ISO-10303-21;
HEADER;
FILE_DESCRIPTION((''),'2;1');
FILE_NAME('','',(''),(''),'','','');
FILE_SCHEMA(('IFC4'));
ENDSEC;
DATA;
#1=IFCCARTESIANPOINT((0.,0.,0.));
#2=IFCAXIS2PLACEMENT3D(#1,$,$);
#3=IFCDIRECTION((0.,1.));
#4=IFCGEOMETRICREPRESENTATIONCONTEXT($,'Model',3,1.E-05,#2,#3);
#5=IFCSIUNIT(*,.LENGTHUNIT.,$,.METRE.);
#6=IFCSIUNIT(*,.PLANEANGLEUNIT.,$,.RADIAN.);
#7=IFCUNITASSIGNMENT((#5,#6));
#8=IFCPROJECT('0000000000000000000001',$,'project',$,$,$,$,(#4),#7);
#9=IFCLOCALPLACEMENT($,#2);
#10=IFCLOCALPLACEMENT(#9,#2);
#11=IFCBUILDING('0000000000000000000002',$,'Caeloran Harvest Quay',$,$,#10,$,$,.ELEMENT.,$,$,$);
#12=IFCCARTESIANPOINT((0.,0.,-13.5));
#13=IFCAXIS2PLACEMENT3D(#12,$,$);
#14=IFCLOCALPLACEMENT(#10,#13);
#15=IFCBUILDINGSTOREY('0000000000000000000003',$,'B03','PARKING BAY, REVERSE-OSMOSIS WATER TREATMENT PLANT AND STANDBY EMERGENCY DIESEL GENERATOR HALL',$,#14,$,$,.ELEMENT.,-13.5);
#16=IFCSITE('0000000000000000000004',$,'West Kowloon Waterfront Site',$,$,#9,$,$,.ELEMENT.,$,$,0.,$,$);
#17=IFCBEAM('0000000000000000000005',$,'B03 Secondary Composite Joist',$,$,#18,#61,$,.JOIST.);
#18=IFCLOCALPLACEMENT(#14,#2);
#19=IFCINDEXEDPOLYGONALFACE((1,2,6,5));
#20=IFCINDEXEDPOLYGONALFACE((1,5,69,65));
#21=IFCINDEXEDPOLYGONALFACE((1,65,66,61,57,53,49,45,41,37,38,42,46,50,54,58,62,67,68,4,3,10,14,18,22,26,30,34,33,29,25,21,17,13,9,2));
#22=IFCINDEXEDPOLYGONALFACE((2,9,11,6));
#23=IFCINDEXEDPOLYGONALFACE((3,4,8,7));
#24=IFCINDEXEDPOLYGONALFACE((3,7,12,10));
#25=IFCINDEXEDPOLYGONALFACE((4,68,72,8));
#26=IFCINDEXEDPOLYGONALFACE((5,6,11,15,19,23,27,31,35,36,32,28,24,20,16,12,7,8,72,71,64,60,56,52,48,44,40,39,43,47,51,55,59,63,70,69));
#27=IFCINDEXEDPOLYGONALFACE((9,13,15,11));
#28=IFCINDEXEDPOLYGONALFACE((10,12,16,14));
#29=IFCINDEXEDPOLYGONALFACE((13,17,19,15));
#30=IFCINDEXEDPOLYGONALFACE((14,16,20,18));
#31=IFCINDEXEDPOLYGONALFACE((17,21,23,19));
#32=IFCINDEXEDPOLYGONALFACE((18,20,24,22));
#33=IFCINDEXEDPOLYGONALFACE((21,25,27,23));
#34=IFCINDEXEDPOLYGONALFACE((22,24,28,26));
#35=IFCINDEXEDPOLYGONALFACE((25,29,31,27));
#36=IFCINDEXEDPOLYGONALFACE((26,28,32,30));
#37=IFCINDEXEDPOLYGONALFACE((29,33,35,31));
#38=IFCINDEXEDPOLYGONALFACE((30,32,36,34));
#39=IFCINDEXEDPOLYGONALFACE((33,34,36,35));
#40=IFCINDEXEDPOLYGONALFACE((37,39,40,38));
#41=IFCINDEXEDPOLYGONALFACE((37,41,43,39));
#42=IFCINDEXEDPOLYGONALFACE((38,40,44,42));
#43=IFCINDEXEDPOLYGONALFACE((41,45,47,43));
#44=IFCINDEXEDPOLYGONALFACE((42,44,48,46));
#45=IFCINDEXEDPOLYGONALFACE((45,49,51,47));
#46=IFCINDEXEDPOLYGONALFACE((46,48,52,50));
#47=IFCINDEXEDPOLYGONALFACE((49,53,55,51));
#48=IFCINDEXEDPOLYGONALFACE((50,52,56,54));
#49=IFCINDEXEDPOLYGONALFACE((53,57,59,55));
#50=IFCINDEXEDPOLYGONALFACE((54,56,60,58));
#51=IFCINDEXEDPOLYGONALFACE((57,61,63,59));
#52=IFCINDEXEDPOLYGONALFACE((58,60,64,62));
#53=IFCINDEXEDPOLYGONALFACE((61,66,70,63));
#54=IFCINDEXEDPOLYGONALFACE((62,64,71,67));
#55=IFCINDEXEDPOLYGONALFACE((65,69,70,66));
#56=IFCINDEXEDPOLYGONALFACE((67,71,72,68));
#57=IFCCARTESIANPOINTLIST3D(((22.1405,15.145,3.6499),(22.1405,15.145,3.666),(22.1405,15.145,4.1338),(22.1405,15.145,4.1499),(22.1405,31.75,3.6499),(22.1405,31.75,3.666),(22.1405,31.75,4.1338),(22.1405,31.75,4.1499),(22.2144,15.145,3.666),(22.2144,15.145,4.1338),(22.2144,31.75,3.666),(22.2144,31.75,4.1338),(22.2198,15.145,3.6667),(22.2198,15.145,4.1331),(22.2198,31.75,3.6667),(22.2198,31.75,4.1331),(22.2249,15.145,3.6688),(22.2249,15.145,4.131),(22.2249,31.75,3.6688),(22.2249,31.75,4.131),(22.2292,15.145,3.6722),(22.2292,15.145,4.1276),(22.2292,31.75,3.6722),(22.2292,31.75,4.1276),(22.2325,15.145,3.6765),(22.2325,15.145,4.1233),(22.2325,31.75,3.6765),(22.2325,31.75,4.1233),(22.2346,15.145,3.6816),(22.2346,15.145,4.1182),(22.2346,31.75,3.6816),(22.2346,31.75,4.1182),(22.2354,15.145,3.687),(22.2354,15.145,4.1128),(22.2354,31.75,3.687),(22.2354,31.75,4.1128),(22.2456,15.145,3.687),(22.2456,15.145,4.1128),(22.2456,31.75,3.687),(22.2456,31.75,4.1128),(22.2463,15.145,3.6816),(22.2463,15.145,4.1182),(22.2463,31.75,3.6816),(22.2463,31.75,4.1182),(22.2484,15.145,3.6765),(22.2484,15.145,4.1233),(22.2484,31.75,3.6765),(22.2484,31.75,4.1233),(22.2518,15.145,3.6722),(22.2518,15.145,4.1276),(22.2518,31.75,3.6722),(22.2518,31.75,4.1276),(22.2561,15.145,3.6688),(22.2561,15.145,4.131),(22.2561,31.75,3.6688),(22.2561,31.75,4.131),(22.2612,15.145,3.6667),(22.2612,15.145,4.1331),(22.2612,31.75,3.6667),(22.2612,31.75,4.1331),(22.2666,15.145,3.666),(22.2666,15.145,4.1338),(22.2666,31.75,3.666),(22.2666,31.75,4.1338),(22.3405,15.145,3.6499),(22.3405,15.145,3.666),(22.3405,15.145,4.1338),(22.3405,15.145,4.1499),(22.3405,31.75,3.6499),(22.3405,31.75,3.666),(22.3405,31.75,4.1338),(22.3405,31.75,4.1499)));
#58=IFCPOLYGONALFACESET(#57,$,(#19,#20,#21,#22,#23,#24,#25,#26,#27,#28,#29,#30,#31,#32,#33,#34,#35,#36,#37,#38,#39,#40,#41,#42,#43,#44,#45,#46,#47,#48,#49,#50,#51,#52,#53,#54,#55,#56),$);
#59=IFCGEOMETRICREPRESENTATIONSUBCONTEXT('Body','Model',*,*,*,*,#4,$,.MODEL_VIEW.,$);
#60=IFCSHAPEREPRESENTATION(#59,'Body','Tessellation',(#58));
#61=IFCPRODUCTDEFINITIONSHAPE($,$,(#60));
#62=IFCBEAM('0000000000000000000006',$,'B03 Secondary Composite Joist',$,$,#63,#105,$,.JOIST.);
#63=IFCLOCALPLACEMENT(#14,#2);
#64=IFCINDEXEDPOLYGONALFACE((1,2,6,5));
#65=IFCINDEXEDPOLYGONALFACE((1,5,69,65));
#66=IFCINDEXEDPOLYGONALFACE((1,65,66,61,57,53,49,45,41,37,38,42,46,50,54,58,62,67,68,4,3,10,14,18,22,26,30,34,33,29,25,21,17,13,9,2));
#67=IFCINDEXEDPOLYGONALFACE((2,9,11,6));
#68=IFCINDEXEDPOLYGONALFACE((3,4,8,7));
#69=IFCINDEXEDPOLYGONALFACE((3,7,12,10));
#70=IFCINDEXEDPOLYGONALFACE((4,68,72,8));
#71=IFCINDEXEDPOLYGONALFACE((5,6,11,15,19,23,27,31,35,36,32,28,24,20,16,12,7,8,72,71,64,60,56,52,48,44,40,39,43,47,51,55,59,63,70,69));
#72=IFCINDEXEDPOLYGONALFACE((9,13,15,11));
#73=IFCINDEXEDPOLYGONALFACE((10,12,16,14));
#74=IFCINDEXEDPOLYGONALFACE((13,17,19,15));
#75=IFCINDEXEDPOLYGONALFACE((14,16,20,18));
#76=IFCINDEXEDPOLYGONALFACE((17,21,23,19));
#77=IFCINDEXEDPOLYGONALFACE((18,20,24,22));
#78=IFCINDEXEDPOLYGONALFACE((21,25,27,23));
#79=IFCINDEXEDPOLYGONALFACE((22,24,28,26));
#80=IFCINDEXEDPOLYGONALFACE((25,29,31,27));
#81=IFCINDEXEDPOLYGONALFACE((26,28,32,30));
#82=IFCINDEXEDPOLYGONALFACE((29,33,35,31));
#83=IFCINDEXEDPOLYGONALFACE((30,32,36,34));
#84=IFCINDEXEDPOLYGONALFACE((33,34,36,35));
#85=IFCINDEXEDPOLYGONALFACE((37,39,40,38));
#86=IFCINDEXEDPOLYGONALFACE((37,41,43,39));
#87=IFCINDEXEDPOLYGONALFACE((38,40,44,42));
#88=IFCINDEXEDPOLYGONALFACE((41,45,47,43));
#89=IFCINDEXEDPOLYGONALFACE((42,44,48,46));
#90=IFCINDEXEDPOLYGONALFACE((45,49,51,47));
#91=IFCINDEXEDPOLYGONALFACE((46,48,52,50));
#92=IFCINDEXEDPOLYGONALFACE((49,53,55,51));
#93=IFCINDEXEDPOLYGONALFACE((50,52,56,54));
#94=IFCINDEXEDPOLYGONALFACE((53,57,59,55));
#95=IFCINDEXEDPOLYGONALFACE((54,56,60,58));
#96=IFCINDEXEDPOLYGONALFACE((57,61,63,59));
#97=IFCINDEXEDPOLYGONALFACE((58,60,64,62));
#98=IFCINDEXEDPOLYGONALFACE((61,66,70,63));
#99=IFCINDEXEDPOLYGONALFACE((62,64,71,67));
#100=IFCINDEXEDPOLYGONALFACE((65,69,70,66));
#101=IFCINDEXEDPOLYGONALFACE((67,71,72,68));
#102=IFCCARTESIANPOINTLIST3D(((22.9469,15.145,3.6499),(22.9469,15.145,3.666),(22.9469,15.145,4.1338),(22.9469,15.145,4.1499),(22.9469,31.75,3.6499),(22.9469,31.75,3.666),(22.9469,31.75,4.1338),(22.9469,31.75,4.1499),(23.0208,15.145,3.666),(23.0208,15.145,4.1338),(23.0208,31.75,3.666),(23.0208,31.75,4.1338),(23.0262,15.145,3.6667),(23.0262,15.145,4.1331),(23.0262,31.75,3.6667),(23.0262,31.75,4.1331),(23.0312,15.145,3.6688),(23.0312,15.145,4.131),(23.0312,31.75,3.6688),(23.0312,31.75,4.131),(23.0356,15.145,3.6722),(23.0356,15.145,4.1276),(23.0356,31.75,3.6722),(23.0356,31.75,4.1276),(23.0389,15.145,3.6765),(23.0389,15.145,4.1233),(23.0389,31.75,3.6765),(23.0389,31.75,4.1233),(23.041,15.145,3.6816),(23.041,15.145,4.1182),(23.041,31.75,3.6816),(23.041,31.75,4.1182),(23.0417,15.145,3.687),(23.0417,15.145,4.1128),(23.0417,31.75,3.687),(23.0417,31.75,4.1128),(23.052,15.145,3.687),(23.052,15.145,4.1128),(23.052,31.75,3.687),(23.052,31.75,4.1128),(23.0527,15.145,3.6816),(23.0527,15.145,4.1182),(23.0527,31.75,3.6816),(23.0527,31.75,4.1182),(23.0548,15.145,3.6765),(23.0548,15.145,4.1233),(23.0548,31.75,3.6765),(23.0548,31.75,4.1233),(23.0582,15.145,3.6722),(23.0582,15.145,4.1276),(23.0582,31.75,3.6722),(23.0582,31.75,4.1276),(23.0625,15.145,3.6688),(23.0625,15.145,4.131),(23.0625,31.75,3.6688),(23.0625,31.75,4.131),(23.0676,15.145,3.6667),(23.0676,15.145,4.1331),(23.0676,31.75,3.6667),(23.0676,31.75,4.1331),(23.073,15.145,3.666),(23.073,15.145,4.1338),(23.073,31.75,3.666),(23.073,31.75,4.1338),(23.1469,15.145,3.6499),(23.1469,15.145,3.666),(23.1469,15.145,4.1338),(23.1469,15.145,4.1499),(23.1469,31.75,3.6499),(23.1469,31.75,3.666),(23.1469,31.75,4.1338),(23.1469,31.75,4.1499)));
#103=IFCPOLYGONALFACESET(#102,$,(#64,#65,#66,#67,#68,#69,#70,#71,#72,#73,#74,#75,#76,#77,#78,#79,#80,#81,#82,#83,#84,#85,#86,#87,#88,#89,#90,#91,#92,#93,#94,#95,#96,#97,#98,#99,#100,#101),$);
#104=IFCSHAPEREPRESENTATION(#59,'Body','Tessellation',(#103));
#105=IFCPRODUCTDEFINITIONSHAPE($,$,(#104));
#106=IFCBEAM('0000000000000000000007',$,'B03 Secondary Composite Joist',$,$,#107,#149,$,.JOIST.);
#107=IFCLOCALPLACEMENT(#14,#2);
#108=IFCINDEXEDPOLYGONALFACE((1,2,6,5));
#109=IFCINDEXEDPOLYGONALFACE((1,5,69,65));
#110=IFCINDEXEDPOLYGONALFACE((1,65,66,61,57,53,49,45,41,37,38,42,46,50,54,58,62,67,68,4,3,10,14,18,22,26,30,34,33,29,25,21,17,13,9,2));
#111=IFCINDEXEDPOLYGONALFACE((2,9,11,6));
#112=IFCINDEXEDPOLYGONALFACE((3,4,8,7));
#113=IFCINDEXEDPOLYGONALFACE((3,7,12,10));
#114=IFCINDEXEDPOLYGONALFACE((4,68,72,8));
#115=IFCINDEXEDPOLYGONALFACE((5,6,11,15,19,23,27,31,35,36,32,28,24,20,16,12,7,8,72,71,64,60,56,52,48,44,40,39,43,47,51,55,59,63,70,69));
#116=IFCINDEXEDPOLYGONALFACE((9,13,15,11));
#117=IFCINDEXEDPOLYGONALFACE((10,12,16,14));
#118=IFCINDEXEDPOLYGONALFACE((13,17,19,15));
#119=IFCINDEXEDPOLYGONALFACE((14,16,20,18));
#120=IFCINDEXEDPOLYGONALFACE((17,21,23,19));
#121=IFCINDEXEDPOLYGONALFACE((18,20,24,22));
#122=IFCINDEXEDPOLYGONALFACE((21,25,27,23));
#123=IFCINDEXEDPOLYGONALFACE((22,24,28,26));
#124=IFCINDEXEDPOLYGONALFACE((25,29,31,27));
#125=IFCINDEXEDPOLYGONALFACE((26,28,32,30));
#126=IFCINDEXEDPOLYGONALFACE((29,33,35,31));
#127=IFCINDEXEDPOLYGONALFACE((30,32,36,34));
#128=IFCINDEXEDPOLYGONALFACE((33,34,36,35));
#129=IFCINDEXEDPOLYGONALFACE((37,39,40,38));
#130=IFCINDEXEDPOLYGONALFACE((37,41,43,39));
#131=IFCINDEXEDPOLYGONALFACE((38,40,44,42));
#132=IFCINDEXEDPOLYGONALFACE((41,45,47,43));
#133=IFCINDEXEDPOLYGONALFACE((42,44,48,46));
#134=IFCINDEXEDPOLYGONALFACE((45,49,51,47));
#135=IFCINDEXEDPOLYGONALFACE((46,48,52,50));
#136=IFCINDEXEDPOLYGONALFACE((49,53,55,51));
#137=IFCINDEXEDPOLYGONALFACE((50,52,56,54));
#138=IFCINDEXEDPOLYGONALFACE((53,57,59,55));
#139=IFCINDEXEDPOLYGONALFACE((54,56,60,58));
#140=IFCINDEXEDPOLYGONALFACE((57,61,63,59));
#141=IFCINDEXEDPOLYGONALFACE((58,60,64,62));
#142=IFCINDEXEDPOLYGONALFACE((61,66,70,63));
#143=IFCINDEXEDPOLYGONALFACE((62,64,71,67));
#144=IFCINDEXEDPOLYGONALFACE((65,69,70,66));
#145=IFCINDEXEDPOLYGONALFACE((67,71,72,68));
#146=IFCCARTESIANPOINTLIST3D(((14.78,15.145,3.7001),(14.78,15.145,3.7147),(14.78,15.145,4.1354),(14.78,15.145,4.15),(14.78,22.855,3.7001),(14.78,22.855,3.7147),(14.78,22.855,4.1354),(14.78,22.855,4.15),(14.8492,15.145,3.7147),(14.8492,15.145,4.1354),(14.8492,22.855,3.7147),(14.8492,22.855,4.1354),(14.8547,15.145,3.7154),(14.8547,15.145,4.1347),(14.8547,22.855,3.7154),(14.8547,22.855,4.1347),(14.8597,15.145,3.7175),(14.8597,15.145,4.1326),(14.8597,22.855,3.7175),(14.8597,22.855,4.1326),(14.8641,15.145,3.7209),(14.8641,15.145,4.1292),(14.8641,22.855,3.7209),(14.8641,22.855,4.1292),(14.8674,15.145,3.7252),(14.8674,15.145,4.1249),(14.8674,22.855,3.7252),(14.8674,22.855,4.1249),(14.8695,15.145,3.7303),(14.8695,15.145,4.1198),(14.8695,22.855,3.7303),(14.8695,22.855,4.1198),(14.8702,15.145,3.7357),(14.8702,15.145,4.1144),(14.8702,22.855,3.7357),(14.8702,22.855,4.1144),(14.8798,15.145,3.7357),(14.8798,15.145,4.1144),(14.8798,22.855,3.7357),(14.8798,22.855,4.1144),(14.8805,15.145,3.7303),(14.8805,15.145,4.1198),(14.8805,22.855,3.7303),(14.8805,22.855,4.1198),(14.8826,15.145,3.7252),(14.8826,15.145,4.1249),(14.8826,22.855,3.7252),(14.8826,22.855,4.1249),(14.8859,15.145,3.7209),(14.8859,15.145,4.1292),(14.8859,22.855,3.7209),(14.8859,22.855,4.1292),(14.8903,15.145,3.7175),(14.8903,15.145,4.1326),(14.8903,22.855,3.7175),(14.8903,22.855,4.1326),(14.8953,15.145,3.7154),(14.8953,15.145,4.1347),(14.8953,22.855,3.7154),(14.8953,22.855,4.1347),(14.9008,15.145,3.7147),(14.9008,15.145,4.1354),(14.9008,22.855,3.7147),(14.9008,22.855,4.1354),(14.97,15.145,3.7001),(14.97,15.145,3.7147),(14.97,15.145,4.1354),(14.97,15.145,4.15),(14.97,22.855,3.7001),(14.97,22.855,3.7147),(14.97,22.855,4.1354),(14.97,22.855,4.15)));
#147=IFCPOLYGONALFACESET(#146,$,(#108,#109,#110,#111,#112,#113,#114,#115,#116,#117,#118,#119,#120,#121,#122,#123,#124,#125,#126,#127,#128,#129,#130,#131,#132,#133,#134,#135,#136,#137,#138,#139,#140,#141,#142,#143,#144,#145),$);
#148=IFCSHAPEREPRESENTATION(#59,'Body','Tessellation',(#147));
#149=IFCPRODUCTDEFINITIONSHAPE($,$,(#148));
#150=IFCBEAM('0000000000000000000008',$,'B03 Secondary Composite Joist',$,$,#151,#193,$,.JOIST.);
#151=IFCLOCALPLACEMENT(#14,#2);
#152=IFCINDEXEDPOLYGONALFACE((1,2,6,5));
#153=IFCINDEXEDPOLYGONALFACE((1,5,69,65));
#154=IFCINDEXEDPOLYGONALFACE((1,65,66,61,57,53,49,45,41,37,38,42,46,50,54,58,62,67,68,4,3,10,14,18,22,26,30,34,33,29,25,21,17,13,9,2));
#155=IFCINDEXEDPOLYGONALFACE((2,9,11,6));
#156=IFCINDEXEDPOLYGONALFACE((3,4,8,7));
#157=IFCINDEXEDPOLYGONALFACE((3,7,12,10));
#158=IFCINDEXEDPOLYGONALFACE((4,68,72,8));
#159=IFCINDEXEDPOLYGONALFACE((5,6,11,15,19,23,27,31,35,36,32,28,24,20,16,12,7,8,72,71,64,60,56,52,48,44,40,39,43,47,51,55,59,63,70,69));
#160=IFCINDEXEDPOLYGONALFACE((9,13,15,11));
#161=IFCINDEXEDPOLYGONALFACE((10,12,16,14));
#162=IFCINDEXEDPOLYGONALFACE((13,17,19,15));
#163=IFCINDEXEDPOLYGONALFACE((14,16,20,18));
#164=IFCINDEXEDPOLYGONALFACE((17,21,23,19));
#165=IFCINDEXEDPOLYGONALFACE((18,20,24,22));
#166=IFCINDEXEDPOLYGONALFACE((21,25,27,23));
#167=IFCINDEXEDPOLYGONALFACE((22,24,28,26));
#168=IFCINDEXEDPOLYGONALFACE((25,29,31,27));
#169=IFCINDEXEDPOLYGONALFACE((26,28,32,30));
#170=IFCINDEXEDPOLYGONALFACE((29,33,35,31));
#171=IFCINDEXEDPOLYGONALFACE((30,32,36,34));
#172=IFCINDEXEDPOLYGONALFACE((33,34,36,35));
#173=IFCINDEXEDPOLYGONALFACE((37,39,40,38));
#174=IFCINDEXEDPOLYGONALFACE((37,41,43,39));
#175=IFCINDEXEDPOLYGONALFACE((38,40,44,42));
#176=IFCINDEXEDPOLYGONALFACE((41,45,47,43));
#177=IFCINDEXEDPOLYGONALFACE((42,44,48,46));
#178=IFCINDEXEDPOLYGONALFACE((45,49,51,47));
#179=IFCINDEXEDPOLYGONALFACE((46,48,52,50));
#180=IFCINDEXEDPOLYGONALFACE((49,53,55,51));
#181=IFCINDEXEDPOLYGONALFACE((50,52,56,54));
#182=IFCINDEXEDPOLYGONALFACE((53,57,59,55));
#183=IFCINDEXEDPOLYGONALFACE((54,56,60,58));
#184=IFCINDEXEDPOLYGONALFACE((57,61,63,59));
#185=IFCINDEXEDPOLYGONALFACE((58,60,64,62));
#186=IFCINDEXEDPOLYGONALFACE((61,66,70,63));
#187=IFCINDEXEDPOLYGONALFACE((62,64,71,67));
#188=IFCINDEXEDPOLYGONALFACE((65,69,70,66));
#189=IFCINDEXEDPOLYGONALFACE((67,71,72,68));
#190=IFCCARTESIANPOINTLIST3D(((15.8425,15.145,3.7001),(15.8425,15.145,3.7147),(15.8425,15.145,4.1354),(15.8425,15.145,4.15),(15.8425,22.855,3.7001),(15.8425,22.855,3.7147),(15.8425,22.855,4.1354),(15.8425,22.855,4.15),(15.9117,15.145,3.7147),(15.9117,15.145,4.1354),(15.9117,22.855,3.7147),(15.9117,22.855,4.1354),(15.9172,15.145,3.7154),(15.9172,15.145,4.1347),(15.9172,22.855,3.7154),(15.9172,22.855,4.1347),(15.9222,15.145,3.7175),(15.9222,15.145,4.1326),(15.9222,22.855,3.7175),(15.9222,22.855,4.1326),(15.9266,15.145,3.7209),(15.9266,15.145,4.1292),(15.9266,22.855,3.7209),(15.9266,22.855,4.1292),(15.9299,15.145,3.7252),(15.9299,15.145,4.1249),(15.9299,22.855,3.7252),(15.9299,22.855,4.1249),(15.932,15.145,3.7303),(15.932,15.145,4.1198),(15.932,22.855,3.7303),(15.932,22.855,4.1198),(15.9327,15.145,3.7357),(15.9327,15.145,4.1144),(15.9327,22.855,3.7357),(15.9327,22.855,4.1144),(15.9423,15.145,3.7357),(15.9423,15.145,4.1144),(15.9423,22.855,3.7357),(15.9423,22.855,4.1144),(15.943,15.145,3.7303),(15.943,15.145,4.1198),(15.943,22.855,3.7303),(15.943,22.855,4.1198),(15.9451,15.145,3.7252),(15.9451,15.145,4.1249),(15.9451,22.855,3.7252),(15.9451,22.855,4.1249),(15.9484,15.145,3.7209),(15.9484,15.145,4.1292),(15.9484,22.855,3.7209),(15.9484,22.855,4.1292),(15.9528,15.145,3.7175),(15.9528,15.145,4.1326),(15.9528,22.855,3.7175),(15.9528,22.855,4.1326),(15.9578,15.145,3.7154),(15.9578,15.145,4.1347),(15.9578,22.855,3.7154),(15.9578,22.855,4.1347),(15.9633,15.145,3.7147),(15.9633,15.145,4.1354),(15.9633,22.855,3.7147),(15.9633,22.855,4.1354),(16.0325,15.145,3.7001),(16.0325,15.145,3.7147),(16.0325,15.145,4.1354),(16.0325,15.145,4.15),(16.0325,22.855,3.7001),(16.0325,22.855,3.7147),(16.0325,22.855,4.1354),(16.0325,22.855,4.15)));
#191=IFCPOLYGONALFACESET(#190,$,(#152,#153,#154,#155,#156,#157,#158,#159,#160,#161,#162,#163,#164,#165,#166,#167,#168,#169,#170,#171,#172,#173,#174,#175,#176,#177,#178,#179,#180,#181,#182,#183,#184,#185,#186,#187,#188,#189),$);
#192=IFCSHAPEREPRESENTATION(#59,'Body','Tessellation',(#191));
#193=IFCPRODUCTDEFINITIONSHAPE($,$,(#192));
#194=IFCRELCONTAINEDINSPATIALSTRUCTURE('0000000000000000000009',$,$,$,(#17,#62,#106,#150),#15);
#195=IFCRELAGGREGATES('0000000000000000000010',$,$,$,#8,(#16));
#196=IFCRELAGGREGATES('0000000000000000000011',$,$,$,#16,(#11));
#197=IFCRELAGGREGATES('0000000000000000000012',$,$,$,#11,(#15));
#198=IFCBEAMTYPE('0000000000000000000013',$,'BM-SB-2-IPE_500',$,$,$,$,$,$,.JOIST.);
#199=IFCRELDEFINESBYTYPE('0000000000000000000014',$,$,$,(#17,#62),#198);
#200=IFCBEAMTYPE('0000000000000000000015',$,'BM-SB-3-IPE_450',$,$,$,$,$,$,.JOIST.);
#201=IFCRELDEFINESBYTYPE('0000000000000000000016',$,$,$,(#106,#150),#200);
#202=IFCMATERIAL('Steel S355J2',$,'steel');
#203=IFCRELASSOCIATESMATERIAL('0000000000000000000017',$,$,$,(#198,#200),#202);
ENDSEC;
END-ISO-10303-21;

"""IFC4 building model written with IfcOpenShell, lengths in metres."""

from ifc_helpers import new_model, si_unit, direction, frame, origin, origin_2d, place, context, subcontext, project, spatial, i_section, extrude, material, material_profile, profile_set, type_object, element, save


model = new_model("IFC4")

# Units and contexts
model_context = context("Model", 3, precision=1e-05, world=origin(), true_north=direction((0.0, 1.0)))
body_context = subcontext(model_context, "Body", "Model", "MODEL_VIEW")
ifc_project = project(units=[si_unit("LENGTHUNIT", "METRE"), si_unit("PLANEANGLEUNIT", "RADIAN")], contexts=[model_context])

# Site, building, storey
site_placement = place(None, origin())
site = spatial("IfcSite", under=ifc_project, at=site_placement, Name="West Kowloon Waterfront Site", CompositionType="ELEMENT", RefElevation=0.0)
building_placement = place(site_placement, origin())
building = spatial("IfcBuilding", under=site, at=building_placement, Name="Caeloran Harvest Quay", CompositionType="ELEMENT")
storey_placement = place(building_placement, frame((0.0, 0.0, -13.5)))
storey = spatial("IfcBuildingStorey", under=building, at=storey_placement, Name="B03", Description="PARKING BAY, REVERSE-OSMOSIS WATER TREATMENT PLANT AND STANDBY EMERGENCY DIESEL GENERATOR HALL", CompositionType="ELEMENT", Elevation=-13.5)

# Beams
ifc_material_1 = material(Name="Steel S355J2", Category="steel")
ifc_material_profile_1 = material_profile(ifc_material_1, i_section(OverallWidth=0.2, OverallDepth=0.5, WebThickness=0.0103, FlangeThickness=0.0161, FilletRadius=0.021, at=origin_2d()), Name="IPE 500")
ifc_profile_set_1 = profile_set([ifc_material_profile_1], Name="Steel S355J2")
beam_type_1 = type_object("IfcBeamType", Name="BM-SB-2-IPE_500", PredefinedType="JOIST", material=ifc_profile_set_1)
for number, where, z_axis, x_axis, name in (
    (1, (22.2405, 15.145, 3.8999), (0.0, 1.0, 0.0), (-1.0, 0.0, 0.0), "B03 Secondary Composite Joist"),
    (2, (23.0469, 15.145, 3.8999), (0.0, 1.0, 0.0), (-1.0, 0.0, 0.0), "B03 Secondary Composite Joist"),
):
    element("IfcBeam", number, at=place(storey_placement, frame(where, z_axis=z_axis, x_axis=x_axis)), inside=storey, type_object=beam_type_1, Name=name, PredefinedType="JOIST", context=body_context, shape_type="SweptSolid", body=[
        extrude(i_section(OverallWidth=0.2, OverallDepth=0.5, WebThickness=0.0103, FlangeThickness=0.0161, FilletRadius=0.021, at=origin_2d()), origin(), (0.0, 0.0, 1.0), 16.605),
    ])
ifc_material_profile_2 = material_profile(ifc_material_1, i_section(OverallWidth=0.1899, OverallDepth=0.45, WebThickness=0.0095, FlangeThickness=0.0146, FilletRadius=0.021, at=origin_2d()), Name="IPE 450")
ifc_profile_set_2 = profile_set([ifc_material_profile_2], Name="Steel S355J2")
beam_type_2 = type_object("IfcBeamType", Name="BM-SB-3-IPE_450", PredefinedType="JOIST", material=ifc_profile_set_2)
for number, where, z_axis, x_axis, name in (
    (3, (14.875, 15.145, 3.925), (0.0, 1.0, 0.0), (-1.0, 0.0, 0.0), "B03 Secondary Composite Joist"),
    (4, (15.9375, 15.145, 3.925), (0.0, 1.0, 0.0), (-1.0, 0.0, 0.0), "B03 Secondary Composite Joist"),
):
    element("IfcBeam", number, at=place(storey_placement, frame(where, z_axis=z_axis, x_axis=x_axis)), inside=storey, type_object=beam_type_2, Name=name, PredefinedType="JOIST", context=body_context, shape_type="SweptSolid", body=[
        extrude(i_section(OverallWidth=0.1899, OverallDepth=0.45, WebThickness=0.0095, FlangeThickness=0.0146, FilletRadius=0.021, at=origin_2d()), origin(), (0.0, 0.0, 1.0), 7.71),
    ])

save(model, "model.ifc")
